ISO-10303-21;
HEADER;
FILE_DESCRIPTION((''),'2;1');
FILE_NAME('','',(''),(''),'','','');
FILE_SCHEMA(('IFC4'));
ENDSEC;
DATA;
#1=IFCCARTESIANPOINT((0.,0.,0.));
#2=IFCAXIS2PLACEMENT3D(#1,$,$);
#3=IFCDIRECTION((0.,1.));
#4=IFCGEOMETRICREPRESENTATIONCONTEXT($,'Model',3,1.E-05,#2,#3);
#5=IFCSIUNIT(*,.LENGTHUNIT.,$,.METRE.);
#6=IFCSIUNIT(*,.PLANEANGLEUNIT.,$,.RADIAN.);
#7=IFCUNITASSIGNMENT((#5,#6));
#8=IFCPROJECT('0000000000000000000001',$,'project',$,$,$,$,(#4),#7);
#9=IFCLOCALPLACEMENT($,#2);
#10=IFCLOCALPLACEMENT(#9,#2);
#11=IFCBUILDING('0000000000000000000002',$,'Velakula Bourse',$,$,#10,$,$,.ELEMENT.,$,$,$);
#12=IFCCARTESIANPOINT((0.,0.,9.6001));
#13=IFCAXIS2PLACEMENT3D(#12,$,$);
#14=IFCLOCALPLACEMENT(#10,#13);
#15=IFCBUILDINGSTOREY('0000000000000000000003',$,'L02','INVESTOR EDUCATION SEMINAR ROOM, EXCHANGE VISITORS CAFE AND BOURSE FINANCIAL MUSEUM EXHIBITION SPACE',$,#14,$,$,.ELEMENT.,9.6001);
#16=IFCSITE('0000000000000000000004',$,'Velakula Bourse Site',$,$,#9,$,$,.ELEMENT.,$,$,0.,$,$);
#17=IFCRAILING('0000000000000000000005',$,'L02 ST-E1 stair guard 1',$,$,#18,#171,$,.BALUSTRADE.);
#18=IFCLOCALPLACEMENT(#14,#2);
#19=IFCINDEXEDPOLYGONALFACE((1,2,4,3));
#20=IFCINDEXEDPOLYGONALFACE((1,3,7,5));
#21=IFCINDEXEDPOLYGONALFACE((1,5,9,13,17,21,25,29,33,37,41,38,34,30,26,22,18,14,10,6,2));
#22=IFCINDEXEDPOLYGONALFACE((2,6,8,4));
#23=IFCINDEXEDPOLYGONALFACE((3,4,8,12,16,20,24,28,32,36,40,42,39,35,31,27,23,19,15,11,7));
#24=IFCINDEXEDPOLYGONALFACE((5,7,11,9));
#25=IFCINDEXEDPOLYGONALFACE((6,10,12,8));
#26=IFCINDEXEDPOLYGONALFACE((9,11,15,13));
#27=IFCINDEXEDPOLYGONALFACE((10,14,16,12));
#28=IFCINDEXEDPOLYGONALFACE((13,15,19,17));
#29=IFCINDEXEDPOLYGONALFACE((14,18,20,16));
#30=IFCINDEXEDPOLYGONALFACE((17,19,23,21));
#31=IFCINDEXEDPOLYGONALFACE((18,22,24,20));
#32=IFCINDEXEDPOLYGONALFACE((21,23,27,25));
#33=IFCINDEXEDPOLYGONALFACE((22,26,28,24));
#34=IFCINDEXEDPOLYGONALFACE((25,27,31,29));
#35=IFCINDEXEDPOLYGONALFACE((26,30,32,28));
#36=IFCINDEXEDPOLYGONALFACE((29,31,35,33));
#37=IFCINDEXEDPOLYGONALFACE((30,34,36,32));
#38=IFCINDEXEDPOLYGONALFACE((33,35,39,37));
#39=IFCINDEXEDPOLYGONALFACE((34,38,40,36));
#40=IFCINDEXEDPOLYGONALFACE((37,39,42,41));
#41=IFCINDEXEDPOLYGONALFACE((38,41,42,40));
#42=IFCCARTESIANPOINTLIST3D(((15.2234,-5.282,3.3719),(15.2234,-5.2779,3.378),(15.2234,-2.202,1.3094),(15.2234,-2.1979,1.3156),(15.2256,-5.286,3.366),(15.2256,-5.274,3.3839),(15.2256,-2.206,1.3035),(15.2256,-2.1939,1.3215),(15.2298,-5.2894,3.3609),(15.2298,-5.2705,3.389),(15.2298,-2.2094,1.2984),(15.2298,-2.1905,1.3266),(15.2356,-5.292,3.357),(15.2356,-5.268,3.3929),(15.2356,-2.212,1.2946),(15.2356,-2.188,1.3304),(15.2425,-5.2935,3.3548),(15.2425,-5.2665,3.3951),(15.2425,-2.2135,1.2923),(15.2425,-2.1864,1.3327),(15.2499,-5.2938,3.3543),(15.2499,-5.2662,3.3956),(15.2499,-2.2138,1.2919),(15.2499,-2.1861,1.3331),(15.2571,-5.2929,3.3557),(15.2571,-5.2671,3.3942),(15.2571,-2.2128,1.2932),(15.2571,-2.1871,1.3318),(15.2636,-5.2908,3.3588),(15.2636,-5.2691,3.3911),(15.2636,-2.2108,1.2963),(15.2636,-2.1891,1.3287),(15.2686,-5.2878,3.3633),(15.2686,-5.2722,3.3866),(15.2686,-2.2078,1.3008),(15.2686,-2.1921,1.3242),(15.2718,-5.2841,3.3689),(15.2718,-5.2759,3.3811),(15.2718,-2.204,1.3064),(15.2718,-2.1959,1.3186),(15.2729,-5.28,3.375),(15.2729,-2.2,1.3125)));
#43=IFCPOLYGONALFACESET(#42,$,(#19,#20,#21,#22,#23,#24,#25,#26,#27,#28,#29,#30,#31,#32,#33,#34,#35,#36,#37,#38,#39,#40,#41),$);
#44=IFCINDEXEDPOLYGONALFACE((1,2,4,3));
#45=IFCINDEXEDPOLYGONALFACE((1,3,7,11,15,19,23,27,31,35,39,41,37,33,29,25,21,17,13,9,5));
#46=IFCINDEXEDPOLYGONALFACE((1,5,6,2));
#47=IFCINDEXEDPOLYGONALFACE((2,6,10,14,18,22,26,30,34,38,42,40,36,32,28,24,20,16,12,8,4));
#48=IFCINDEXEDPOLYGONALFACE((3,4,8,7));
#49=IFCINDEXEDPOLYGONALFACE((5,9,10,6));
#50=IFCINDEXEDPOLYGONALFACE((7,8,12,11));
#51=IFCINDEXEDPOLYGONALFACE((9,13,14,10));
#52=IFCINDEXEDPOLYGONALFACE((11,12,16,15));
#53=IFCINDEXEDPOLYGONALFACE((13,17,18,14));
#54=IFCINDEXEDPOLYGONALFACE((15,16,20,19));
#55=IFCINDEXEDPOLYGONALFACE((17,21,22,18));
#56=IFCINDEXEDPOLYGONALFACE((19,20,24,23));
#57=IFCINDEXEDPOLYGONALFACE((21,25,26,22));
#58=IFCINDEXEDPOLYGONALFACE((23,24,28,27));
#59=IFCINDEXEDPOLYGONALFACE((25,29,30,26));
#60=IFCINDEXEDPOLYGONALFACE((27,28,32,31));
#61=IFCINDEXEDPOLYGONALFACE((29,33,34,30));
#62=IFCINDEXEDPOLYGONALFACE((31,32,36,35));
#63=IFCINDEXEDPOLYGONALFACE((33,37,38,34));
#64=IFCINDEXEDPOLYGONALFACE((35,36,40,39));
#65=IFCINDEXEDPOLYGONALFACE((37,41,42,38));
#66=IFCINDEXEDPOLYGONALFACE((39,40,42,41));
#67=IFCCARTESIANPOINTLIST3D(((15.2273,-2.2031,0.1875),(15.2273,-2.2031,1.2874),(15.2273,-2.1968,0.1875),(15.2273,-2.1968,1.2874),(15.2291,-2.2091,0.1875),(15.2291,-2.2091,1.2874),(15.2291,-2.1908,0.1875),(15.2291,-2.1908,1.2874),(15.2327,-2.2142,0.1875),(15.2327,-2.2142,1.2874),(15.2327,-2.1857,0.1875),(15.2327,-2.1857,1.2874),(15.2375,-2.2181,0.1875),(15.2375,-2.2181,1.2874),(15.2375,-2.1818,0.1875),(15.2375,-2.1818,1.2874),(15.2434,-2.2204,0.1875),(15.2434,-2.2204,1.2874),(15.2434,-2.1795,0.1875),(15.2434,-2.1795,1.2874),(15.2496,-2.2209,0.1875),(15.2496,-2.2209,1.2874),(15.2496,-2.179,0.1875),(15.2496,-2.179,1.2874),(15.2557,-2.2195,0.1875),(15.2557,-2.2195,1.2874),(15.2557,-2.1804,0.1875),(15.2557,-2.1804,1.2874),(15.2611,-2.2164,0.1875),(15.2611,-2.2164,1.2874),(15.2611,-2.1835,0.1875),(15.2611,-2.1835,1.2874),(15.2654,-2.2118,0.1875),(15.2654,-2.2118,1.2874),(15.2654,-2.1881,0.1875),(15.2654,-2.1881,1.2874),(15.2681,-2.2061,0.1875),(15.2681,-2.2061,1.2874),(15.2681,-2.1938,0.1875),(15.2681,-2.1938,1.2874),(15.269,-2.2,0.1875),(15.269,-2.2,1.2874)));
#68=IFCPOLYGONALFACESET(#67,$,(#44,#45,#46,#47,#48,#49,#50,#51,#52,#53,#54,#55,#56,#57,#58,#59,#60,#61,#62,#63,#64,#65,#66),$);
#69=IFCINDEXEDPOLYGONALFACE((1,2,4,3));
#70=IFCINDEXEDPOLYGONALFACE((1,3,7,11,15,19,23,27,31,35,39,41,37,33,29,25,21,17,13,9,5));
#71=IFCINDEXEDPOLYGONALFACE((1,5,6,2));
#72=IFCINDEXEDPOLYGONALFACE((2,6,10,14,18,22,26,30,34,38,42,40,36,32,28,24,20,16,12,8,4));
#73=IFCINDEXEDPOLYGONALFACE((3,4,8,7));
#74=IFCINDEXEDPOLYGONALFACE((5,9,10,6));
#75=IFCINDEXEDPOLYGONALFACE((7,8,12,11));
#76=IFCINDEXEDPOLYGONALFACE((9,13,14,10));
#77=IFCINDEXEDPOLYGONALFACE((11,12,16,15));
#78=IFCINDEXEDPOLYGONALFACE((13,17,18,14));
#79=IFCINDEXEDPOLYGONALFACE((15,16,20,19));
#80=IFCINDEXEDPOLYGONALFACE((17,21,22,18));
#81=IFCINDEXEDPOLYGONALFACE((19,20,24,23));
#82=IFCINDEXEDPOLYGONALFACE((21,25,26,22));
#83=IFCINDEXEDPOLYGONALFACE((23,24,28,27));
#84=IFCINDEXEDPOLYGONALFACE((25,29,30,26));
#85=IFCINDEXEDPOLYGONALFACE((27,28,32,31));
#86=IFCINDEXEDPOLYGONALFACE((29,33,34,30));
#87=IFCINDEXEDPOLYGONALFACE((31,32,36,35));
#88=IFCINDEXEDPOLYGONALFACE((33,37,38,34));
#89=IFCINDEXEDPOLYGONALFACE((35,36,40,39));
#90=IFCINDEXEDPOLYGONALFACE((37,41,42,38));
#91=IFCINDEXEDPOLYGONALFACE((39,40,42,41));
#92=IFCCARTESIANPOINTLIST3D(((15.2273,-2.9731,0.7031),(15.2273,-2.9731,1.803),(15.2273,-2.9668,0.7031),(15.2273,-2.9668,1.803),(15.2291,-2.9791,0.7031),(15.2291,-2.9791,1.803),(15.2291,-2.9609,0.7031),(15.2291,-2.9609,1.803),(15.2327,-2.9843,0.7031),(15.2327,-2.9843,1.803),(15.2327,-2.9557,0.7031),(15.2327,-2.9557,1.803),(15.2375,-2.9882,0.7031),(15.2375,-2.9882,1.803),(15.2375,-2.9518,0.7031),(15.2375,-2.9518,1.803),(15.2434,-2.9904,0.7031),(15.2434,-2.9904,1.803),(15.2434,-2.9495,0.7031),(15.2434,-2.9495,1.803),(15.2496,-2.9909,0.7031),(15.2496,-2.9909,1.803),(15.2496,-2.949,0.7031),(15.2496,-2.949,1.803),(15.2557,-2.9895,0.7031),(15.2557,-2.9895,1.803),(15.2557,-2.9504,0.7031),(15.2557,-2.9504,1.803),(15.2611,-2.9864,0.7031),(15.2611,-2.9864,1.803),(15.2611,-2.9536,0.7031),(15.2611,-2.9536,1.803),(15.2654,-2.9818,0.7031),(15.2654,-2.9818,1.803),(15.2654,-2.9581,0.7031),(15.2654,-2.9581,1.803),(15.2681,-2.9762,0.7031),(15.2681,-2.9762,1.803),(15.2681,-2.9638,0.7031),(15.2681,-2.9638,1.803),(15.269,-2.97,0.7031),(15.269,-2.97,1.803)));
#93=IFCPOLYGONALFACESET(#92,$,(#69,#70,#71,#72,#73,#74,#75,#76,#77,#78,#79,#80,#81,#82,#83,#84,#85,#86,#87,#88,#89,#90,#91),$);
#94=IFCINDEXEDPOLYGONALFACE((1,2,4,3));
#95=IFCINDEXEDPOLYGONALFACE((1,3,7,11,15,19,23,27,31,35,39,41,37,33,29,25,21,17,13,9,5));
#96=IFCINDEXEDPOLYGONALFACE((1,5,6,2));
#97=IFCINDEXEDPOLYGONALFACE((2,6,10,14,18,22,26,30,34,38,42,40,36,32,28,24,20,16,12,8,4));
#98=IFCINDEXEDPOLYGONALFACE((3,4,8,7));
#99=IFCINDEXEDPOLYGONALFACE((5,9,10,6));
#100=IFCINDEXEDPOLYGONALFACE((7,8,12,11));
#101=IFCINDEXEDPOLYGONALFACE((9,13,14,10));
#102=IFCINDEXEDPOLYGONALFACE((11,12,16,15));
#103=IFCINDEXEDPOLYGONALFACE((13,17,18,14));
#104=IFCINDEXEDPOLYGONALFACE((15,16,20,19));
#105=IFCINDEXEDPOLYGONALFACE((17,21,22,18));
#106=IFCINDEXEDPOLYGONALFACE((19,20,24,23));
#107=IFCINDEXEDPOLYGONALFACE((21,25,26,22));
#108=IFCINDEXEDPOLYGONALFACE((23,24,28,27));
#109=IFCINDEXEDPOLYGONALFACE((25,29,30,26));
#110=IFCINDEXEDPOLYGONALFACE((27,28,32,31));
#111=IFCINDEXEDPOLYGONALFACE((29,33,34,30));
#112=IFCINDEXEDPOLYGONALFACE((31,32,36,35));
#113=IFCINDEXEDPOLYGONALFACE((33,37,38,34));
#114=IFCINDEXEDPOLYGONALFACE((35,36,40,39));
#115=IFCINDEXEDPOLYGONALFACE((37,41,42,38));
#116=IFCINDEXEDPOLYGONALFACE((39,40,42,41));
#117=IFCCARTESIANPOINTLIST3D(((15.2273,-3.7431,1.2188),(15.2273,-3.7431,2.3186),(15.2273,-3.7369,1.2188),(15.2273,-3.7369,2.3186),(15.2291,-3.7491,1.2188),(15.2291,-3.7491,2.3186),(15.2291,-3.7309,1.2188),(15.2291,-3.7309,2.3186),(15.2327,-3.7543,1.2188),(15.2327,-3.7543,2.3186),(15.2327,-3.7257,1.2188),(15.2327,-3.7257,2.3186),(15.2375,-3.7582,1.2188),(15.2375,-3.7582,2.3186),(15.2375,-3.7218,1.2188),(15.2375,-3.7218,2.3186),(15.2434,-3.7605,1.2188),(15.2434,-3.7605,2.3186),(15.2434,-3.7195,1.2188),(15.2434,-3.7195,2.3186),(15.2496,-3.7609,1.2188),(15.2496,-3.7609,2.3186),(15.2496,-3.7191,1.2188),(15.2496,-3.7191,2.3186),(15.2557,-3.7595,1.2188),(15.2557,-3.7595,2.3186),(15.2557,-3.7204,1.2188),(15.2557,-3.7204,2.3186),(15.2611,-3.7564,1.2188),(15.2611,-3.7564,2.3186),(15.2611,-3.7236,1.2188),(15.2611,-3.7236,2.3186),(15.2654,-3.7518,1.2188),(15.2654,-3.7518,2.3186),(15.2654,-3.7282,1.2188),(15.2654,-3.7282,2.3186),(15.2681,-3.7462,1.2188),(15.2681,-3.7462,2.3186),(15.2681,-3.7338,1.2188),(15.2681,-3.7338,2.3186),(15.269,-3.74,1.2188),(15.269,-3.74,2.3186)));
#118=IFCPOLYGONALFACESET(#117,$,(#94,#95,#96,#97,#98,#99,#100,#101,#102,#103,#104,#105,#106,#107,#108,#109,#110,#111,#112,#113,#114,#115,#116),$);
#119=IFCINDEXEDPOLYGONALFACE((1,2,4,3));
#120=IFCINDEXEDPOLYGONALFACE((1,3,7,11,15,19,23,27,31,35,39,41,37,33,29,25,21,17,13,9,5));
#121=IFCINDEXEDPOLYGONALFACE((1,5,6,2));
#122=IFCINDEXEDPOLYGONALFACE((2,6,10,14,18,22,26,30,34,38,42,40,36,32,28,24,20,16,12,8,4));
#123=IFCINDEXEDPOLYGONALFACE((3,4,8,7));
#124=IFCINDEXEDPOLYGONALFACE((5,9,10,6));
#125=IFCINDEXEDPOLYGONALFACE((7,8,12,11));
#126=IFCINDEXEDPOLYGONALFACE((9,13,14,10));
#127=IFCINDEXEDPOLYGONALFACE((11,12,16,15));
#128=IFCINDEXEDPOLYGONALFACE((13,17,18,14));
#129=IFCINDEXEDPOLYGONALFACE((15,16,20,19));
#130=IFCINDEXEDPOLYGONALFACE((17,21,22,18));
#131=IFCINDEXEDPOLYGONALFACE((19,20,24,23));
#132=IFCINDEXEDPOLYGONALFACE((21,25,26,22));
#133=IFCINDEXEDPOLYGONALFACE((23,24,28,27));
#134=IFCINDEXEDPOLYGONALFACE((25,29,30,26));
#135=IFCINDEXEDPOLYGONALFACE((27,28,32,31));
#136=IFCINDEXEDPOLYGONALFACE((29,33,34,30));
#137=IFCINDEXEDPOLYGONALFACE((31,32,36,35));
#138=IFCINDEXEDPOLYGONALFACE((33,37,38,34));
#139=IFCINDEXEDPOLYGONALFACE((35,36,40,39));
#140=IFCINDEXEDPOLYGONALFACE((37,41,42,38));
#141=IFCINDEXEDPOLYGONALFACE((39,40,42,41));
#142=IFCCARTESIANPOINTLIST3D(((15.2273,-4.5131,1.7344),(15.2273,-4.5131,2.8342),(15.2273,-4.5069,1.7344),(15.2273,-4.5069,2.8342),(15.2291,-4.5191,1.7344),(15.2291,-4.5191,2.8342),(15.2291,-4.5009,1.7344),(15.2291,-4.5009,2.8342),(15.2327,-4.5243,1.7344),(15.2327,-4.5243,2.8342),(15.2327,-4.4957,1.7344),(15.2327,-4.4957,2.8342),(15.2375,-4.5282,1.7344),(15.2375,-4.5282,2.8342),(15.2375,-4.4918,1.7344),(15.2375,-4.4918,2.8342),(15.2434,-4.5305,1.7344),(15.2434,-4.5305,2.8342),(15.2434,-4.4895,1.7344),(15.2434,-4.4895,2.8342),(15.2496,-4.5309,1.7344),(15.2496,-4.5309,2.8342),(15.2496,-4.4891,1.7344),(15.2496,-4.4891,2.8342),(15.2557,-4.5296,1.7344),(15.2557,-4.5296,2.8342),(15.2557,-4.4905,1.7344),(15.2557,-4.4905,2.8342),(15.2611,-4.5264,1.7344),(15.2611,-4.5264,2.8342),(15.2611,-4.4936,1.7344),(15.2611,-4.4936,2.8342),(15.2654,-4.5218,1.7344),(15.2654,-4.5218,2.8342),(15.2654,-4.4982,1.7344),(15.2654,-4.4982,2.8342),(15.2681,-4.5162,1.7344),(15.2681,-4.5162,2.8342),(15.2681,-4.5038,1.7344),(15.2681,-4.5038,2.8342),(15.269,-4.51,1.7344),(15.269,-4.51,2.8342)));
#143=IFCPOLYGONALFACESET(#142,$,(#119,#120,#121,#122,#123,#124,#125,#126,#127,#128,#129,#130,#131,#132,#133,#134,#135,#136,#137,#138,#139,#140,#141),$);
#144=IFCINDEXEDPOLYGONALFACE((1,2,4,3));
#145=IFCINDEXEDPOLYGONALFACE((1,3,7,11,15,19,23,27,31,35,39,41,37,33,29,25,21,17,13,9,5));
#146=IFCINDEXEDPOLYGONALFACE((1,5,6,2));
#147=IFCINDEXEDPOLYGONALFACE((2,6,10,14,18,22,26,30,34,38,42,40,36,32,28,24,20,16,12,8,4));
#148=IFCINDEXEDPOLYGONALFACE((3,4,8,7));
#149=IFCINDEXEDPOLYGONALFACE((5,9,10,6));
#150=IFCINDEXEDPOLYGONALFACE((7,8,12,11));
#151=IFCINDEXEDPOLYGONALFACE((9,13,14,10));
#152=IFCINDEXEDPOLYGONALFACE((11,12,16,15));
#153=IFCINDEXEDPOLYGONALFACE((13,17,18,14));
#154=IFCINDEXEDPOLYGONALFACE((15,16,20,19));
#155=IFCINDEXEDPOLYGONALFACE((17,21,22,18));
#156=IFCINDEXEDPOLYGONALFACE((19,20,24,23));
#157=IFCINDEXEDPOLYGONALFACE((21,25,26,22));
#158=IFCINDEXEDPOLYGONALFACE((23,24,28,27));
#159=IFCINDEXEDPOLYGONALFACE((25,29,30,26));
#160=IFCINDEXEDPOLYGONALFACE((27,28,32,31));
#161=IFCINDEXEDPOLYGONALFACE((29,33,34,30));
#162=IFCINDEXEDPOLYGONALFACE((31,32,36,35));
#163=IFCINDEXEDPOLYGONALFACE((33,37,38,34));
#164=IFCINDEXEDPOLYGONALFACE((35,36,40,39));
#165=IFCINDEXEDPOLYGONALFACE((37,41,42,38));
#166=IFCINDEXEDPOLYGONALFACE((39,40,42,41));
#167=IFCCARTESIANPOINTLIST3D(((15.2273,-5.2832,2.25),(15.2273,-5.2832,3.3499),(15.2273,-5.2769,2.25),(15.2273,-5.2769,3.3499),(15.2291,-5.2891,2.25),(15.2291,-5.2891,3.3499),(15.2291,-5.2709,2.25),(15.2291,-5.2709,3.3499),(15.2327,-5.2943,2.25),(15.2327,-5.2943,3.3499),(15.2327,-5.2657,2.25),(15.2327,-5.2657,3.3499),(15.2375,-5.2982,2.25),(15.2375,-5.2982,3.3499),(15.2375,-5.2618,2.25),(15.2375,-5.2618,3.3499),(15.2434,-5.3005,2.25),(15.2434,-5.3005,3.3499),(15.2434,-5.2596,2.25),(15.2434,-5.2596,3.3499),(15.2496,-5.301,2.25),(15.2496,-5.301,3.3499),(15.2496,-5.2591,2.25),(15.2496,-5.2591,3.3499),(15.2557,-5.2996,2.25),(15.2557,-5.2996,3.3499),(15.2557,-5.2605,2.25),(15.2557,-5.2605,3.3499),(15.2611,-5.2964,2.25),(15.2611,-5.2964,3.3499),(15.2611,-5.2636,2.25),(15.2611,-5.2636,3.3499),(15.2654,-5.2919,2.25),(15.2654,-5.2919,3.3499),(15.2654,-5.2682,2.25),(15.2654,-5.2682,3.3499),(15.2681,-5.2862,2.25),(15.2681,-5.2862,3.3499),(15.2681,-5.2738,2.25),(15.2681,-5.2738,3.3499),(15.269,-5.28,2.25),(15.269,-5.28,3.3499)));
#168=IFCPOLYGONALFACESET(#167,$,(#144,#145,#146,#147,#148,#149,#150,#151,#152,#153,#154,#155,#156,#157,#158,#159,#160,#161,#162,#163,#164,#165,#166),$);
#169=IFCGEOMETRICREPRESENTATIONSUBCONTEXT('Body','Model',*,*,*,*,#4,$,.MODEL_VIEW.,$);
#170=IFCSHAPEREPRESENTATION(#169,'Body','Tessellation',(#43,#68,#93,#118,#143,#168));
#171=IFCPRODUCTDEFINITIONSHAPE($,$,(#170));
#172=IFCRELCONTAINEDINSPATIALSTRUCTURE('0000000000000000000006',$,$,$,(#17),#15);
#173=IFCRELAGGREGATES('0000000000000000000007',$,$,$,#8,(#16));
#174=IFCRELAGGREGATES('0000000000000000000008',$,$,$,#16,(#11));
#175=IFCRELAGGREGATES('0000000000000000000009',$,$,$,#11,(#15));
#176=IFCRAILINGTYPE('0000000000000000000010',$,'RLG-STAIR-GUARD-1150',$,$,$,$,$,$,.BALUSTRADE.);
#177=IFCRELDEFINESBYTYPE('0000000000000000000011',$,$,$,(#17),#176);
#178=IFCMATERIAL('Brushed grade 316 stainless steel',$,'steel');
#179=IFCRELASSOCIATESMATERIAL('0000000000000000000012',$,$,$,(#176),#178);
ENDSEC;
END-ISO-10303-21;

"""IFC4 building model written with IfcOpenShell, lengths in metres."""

from ifc_helpers import new_model, si_unit, direction, frame, origin, origin_2d, place, context, subcontext, project, spatial, circle, extrude, material, type_object, element, save


model = new_model("IFC4")

# Units and contexts
model_context = context("Model", 3, precision=1e-05, world=origin(), true_north=direction((0.0, 1.0)))
body_context = subcontext(model_context, "Body", "Model", "MODEL_VIEW")
ifc_project = project(units=[si_unit("LENGTHUNIT", "METRE"), si_unit("PLANEANGLEUNIT", "RADIAN")], contexts=[model_context])

# Site, building, storey
site_placement = place(None, origin())
site = spatial("IfcSite", under=ifc_project, at=site_placement, Name="Velakula Bourse Site", CompositionType="ELEMENT", RefElevation=0.0)
building_placement = place(site_placement, origin())
building = spatial("IfcBuilding", under=site, at=building_placement, Name="Velakula Bourse", CompositionType="ELEMENT")
storey_placement = place(building_placement, frame((0.0, 0.0, 9.6001)))
storey = spatial("IfcBuildingStorey", under=building, at=storey_placement, Name="L02", Description="INVESTOR EDUCATION SEMINAR ROOM, EXCHANGE VISITORS CAFE AND BOURSE FINANCIAL MUSEUM EXHIBITION SPACE", CompositionType="ELEMENT", Elevation=9.6001)

# Shared definitions
ifc_material_1 = material(Name="Brushed grade 316 stainless steel", Category="steel")

# Railing
railing_type = type_object("IfcRailingType", Name="RLG-STAIR-GUARD-1150", PredefinedType="BALUSTRADE", material=ifc_material_1)
railing_1_placement = place(storey_placement, frame((15.248, -2.2, 0.1875)))
element("IfcRailing", 1, at=railing_1_placement, inside=storey, type_object=railing_type, Name="L02 ST-E1 stair guard 1", PredefinedType="BALUSTRADE", context=body_context, shape_type="SweptSolid", body=[
    extrude(circle(Radius=0.0249, at=origin_2d()), frame((0.0, 0.0, 1.125), z_axis=(0.0, -0.830914, 0.556401), x_axis=(1.0, 0.0, 0.0)), (0.0, 0.0, 1.0), 3.7068),
    extrude(circle(Radius=0.021, at=origin_2d()), origin(), (0.0, 0.0, 1.0), 1.0999),
    extrude(circle(Radius=0.021, at=origin_2d()), frame((0.0, -0.77, 0.5156)), (0.0, 0.0, 1.0), 1.0999),
    extrude(circle(Radius=0.021, at=origin_2d()), frame((0.0, -1.54, 1.0312)), (0.0, 0.0, 1.0), 1.0999),
    extrude(circle(Radius=0.021, at=origin_2d()), frame((0.0, -2.3101, 1.5469)), (0.0, 0.0, 1.0), 1.0999),
    extrude(circle(Radius=0.021, at=origin_2d()), frame((0.0, -3.0801, 2.0625)), (0.0, 0.0, 1.0), 1.0999),
])

save(model, "model.ifc")
